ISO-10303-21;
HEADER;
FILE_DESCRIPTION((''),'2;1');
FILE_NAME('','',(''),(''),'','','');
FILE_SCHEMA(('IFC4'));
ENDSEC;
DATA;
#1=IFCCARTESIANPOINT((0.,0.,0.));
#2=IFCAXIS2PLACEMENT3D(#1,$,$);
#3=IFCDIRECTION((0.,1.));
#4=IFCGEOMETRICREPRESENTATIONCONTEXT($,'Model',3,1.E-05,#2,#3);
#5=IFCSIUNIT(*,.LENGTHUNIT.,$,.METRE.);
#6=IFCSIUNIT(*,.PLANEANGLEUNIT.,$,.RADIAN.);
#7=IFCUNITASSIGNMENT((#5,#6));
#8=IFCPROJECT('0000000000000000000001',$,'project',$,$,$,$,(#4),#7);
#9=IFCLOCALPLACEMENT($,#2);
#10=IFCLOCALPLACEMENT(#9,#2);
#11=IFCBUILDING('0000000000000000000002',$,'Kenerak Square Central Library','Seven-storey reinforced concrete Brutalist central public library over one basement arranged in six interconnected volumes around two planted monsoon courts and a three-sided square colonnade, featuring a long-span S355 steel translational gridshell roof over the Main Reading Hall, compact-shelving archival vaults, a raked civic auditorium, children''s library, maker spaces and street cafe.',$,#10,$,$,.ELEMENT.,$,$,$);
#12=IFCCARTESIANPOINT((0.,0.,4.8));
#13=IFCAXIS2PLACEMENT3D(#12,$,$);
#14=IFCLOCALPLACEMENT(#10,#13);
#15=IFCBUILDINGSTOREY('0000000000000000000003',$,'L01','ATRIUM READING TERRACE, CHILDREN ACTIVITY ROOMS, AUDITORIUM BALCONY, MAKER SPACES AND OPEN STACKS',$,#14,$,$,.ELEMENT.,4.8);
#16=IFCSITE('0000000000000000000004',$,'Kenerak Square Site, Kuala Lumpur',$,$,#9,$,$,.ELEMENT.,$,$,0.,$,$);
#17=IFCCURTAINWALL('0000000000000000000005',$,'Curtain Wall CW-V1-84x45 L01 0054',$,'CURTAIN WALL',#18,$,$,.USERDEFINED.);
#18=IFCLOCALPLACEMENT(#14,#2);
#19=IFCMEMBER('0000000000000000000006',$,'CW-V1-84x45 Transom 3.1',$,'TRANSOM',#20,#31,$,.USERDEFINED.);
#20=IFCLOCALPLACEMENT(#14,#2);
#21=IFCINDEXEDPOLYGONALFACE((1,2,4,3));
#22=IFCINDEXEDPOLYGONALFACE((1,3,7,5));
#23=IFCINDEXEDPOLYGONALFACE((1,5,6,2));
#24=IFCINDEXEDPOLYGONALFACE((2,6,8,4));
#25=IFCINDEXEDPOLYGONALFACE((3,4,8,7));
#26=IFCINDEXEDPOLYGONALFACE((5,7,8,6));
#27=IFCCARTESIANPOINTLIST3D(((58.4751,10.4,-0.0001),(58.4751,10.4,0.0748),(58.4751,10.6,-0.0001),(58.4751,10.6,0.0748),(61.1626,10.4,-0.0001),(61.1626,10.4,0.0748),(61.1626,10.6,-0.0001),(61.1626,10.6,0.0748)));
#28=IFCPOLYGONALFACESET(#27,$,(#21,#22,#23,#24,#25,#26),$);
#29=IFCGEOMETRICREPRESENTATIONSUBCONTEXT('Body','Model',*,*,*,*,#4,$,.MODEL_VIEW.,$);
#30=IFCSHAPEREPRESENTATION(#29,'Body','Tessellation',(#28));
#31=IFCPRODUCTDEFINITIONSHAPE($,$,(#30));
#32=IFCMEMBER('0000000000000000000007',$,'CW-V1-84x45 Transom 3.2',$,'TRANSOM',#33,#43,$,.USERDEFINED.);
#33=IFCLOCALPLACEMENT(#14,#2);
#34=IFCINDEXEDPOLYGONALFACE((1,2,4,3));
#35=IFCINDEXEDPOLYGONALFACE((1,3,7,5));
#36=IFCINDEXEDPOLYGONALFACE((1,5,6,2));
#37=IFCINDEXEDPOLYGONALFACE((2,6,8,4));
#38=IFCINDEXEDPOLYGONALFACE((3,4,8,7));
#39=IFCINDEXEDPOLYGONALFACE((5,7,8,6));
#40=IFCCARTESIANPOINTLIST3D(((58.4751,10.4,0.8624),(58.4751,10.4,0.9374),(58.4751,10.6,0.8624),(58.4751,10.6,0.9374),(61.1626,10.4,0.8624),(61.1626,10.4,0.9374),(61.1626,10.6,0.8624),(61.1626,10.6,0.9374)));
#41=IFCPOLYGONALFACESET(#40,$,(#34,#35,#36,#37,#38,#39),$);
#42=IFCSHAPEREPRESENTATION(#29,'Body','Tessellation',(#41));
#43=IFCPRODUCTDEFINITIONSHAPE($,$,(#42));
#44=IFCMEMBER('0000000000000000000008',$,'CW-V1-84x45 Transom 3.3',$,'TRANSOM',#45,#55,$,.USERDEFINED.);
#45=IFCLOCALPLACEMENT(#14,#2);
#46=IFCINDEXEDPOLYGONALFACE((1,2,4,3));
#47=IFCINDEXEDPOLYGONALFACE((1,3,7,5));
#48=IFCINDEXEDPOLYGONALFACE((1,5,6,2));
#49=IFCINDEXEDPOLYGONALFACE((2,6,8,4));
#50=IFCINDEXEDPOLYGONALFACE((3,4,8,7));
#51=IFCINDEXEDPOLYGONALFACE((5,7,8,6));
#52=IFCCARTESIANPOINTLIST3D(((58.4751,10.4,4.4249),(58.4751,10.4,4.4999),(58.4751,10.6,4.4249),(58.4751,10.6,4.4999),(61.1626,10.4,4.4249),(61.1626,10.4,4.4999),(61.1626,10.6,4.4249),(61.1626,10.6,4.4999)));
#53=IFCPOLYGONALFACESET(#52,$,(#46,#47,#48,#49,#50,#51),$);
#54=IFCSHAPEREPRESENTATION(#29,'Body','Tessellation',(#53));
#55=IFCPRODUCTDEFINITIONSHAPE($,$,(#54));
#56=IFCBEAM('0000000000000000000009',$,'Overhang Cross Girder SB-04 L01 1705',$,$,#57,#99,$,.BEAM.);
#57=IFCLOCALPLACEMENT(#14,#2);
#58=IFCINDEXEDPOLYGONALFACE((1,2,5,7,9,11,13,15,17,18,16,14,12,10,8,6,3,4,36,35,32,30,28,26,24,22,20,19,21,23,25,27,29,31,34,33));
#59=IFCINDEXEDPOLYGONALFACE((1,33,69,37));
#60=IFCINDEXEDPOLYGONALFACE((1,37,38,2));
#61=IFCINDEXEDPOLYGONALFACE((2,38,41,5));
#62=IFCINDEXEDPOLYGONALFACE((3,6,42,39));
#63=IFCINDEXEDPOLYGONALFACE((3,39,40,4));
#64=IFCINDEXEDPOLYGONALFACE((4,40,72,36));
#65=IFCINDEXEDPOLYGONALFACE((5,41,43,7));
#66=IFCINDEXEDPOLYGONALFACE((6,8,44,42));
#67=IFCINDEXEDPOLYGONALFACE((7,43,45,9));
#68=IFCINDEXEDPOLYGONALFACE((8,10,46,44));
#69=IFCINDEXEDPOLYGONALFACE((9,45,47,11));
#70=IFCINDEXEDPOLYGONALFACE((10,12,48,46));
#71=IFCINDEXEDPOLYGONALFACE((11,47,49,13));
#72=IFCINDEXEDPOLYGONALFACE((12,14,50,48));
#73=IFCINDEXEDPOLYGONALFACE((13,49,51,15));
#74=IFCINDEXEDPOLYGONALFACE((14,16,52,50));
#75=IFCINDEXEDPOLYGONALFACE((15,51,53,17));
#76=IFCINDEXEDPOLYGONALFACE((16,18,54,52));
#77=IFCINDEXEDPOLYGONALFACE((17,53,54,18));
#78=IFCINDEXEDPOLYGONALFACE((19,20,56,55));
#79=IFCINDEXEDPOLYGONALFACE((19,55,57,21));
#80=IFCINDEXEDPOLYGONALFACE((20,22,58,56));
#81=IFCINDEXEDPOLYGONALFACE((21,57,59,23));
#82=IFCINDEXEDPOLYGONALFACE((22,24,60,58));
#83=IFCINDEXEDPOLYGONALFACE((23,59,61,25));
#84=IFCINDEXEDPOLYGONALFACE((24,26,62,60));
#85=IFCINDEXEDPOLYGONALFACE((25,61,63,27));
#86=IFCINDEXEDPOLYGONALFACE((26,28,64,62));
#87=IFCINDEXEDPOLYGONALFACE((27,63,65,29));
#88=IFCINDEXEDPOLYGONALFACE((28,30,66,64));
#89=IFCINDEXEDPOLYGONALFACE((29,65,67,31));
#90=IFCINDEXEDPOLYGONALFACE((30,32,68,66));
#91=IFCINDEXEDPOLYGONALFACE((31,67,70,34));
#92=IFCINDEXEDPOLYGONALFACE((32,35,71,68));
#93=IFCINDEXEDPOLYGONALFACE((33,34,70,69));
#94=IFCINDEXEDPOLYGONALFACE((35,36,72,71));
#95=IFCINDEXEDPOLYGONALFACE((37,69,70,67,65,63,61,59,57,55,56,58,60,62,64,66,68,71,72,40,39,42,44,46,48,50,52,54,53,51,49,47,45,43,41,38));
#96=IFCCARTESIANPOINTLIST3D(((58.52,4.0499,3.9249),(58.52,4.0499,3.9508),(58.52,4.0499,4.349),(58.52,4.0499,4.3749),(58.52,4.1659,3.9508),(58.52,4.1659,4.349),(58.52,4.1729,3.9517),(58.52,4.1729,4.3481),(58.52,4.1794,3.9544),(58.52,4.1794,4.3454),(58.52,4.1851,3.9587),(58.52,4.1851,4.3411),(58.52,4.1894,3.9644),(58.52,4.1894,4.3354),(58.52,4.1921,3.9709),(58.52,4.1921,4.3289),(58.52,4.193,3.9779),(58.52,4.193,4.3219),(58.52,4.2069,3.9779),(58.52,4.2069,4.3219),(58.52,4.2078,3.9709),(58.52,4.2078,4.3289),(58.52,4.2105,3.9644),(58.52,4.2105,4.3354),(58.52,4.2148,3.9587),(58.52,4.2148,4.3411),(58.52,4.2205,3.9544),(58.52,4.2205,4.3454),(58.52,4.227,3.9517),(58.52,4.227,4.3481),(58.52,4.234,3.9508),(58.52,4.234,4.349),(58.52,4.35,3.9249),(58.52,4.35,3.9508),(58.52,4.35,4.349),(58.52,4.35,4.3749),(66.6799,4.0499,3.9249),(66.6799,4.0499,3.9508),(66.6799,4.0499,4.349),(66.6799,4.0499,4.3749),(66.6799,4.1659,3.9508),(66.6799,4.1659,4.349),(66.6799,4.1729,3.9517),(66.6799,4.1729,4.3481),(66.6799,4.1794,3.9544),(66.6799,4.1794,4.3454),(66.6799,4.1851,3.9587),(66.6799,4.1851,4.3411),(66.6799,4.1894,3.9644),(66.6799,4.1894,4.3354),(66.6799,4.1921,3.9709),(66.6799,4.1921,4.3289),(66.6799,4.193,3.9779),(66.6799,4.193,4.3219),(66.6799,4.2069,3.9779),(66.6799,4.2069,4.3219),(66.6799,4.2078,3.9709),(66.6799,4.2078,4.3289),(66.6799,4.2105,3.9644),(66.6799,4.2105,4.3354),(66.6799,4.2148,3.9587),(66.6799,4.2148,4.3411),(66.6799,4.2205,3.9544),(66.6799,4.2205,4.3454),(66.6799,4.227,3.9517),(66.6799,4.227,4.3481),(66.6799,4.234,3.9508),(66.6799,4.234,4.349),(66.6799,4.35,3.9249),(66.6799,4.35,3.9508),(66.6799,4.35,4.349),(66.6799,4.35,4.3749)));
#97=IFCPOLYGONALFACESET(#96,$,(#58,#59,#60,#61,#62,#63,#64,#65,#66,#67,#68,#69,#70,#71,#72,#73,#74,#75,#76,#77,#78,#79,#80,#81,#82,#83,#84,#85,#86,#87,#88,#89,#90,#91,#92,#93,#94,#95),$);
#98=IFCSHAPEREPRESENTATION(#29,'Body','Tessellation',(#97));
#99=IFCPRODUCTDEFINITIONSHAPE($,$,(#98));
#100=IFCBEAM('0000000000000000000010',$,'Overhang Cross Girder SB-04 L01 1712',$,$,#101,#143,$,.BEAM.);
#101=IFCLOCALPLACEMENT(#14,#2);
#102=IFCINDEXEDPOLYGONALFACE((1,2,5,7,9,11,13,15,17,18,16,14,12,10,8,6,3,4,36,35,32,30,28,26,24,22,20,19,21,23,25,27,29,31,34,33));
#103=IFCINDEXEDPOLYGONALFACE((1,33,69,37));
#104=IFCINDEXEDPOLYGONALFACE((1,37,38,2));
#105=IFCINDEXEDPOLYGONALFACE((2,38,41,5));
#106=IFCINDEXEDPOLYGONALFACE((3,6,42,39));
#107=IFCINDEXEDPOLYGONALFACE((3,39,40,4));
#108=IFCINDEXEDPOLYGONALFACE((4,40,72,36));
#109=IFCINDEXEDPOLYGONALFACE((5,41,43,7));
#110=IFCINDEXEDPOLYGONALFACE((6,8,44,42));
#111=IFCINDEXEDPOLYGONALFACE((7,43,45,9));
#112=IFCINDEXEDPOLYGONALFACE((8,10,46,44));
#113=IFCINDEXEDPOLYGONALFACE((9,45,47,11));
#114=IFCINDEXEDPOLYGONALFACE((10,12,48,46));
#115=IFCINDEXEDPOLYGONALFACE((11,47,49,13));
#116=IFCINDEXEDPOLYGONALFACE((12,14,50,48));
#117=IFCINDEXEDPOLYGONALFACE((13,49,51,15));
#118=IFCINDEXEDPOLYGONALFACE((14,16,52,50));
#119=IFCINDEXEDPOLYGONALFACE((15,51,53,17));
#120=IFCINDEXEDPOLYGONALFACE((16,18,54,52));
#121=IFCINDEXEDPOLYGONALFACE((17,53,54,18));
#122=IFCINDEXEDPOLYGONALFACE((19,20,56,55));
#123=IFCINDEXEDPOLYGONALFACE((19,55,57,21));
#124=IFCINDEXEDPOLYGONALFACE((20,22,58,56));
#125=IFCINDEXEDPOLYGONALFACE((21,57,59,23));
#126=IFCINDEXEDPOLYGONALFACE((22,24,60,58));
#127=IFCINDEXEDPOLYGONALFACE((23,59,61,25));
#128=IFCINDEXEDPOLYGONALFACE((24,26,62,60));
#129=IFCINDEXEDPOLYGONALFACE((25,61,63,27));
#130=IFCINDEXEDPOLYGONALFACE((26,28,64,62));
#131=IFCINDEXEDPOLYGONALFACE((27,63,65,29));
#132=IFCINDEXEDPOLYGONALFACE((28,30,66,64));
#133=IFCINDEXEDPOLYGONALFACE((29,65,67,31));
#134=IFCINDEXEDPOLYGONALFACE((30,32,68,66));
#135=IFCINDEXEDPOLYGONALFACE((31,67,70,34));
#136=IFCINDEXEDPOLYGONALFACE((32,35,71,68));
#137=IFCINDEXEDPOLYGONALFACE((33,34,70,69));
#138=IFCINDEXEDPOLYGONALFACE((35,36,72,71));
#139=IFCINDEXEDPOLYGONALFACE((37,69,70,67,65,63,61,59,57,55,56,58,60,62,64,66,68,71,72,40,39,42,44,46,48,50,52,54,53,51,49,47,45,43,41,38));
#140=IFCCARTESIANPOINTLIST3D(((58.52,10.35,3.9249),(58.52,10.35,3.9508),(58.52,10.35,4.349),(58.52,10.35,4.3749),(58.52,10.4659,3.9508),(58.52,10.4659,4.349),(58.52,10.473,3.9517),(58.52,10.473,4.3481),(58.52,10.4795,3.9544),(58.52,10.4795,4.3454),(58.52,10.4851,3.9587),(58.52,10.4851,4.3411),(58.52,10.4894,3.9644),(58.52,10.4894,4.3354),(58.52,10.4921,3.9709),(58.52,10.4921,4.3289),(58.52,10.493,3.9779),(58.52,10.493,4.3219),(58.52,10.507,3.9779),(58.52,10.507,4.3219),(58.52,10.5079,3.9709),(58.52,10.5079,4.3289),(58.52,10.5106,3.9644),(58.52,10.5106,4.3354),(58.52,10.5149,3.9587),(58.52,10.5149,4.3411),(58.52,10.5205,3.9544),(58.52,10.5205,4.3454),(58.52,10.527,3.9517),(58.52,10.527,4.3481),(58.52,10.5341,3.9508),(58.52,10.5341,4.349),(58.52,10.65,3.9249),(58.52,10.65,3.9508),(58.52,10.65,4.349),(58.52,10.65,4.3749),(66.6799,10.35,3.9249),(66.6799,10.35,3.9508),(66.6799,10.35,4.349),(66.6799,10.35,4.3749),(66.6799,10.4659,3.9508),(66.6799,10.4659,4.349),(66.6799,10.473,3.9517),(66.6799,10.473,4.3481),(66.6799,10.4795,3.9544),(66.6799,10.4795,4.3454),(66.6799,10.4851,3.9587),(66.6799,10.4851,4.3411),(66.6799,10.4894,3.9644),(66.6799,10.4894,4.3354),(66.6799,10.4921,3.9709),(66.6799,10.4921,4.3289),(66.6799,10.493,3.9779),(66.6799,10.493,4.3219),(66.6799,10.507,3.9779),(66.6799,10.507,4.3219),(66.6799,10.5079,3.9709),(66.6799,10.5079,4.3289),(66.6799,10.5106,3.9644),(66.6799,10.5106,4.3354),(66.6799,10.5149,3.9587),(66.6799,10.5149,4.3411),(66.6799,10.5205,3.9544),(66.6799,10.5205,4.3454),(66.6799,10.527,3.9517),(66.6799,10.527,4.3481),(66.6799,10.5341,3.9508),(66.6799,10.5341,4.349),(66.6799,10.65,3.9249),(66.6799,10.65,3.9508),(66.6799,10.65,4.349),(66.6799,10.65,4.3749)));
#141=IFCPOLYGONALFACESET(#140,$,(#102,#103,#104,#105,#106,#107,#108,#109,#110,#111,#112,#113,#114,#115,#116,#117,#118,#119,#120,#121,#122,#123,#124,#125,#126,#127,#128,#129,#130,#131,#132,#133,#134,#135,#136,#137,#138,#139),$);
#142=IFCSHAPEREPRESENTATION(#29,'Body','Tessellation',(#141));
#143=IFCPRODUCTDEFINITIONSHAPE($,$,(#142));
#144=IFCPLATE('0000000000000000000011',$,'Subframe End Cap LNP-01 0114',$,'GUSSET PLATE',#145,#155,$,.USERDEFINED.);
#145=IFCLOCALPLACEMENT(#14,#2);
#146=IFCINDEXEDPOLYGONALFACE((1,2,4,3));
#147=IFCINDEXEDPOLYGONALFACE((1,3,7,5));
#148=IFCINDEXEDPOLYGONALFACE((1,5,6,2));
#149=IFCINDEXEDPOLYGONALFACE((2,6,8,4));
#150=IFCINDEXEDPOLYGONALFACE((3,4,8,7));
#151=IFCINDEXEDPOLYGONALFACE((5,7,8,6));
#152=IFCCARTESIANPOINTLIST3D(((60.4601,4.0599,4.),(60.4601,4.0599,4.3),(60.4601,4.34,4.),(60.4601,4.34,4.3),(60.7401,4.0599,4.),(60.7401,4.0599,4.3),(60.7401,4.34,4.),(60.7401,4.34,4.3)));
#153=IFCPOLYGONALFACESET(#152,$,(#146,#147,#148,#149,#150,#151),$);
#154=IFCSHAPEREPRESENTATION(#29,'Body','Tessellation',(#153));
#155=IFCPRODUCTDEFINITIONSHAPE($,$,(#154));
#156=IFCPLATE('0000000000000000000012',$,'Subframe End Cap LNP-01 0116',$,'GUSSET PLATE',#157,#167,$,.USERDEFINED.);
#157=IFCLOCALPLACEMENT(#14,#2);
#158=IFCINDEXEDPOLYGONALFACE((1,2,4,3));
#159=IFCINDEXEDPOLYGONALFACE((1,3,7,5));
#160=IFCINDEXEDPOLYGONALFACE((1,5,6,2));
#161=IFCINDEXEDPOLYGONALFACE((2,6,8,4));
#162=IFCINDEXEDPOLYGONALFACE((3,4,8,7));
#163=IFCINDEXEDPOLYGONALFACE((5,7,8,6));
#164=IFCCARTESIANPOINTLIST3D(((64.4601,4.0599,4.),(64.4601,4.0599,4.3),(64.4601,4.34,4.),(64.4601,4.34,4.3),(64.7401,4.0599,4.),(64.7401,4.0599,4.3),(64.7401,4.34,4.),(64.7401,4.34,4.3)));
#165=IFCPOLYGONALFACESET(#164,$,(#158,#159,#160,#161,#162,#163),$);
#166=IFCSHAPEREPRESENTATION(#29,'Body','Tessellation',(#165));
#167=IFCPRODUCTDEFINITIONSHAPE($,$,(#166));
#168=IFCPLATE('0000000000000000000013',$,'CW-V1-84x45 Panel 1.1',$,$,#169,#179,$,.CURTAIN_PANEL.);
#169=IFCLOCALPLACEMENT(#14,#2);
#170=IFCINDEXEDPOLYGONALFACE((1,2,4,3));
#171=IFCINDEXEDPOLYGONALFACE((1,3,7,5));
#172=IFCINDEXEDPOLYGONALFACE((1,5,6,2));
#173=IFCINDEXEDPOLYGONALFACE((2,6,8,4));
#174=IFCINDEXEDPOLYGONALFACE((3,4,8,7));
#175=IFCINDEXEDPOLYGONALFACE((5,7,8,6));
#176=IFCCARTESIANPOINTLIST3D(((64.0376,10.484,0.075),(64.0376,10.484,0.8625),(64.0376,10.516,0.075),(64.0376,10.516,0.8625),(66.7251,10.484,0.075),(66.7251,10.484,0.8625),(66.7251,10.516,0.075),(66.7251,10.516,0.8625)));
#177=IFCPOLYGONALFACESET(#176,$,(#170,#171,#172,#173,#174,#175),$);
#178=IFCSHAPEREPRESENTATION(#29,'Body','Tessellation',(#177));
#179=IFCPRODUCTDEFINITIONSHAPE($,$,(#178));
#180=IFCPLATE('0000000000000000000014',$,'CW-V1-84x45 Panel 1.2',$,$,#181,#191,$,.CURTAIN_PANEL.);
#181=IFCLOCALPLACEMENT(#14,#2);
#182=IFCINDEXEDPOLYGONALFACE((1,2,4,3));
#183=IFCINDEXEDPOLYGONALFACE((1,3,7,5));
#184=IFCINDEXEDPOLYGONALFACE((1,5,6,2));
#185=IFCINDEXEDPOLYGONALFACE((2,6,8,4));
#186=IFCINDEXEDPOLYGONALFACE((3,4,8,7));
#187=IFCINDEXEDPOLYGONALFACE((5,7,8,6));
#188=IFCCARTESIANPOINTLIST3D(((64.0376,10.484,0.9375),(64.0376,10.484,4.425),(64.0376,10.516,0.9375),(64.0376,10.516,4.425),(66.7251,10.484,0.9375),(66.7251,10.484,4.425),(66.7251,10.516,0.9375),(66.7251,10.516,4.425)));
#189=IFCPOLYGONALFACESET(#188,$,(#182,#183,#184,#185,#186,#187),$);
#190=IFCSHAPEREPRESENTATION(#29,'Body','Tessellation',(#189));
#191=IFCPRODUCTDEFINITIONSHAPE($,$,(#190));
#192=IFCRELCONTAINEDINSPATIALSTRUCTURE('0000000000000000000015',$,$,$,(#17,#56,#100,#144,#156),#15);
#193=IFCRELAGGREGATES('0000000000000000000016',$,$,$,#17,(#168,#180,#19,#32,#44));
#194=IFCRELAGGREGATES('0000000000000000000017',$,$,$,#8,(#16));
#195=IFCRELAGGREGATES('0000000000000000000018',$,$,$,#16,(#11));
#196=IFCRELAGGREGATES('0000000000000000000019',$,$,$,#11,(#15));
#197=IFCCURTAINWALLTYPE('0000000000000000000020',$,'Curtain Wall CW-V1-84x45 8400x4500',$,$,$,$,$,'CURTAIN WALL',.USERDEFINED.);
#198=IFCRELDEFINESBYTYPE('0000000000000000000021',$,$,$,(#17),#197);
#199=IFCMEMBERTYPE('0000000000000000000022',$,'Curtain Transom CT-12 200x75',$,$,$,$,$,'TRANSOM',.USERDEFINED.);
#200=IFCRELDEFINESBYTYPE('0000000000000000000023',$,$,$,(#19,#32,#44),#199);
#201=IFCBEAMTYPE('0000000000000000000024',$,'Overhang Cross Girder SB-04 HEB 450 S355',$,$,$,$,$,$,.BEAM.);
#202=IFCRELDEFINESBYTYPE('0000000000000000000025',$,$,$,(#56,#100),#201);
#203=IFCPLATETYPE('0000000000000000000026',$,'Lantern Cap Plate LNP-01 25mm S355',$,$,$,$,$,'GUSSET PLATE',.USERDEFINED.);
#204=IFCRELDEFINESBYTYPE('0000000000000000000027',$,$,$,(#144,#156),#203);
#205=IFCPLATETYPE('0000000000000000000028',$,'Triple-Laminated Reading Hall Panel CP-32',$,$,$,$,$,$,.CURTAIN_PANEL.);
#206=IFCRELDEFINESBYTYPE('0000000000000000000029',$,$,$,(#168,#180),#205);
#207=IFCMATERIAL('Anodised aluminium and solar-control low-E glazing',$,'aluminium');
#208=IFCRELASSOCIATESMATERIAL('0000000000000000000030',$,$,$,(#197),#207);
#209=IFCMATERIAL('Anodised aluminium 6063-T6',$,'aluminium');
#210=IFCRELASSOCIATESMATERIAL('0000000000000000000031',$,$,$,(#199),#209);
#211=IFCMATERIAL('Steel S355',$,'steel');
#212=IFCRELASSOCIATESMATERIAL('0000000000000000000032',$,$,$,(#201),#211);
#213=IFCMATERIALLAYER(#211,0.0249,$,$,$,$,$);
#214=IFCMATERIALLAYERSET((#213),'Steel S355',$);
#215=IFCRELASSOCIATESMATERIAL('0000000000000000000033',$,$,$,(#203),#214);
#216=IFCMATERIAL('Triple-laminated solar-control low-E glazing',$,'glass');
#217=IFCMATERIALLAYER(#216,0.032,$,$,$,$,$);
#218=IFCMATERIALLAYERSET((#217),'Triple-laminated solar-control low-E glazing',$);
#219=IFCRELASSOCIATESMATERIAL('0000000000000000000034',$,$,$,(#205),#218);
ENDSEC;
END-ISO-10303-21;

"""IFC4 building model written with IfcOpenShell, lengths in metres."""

from ifc_helpers import new_model, si_unit, direction, frame, origin, origin_2d, place, context, subcontext, project, spatial, rectangle, i_section, extrude, material, layer, layer_set, material_profile, profile_set, type_object, element, aggregate, save


model = new_model("IFC4")

# Units and contexts
model_context = context("Model", 3, precision=1e-05, world=origin(), true_north=direction((0.0, 1.0)))
body_context = subcontext(model_context, "Body", "Model", "MODEL_VIEW")
ifc_project = project(units=[si_unit("LENGTHUNIT", "METRE"), si_unit("PLANEANGLEUNIT", "RADIAN")], contexts=[model_context])

# Site, building, storey
site_placement = place(None, origin())
site = spatial("IfcSite", under=ifc_project, at=site_placement, Name="Kenerak Square Site, Kuala Lumpur", CompositionType="ELEMENT", RefElevation=0.0)
building_placement = place(site_placement, origin())
building = spatial("IfcBuilding", under=site, at=building_placement, Name="Kenerak Square Central Library", Description="Seven-storey reinforced concrete Brutalist central public library over one basement arranged in six interconnected volumes around two planted monsoon courts and a three-sided square colonnade, featuring a long-span S355 steel translational gridshell roof over the Main Reading Hall, compact-shelving archival vaults, a raked civic auditorium, children's library, maker spaces and street cafe.", CompositionType="ELEMENT")
storey_placement = place(building_placement, frame((0.0, 0.0, 4.8)))
storey = spatial("IfcBuildingStorey", under=building, at=storey_placement, Name="L01", Description="ATRIUM READING TERRACE, CHILDREN ACTIVITY ROOMS, AUDITORIUM BALCONY, MAKER SPACES AND OPEN STACKS", CompositionType="ELEMENT", Elevation=4.8)

# Curtain wall, members
ifc_material_1 = material(Name="Anodised aluminium and solar-control low-E glazing", Category="aluminium")
curtain_wall_type_1 = type_object("IfcCurtainWallType", Name="Curtain Wall CW-V1-84x45 8400x4500", ElementType="CURTAIN WALL", PredefinedType="USERDEFINED", material=ifc_material_1)
curtain_wall_1_placement = place(storey_placement, origin())
curtain_wall_1 = element("IfcCurtainWall", 1, at=curtain_wall_1_placement, inside=storey, type_object=curtain_wall_type_1, Name="Curtain Wall CW-V1-84x45 L01 0054", ObjectType="CURTAIN WALL", PredefinedType="USERDEFINED")
ifc_material_2 = material(Name="Anodised aluminium 6063-T6", Category="aluminium")
ifc_material_profile_1 = material_profile(ifc_material_2, rectangle(XDim=0.2, YDim=0.075, at=origin_2d()), Name="AL TRANSOM 200x75")
ifc_profile_set_1 = profile_set([ifc_material_profile_1], Name="Anodised aluminium 6063-T6")
member_type_1 = type_object("IfcMemberType", Name="Curtain Transom CT-12 200x75", ElementType="TRANSOM", PredefinedType="USERDEFINED", material=ifc_profile_set_1)
member_1_placement = place(storey_placement, frame((61.1626, 10.5, 0.0374), z_axis=(-1.0, 0.0, 0.0), x_axis=(0.0, -1.0, 0.0)))
member_1 = element("IfcMember", 2, at=member_1_placement, type_object=member_type_1, Name="CW-V1-84x45 Transom 3.1", ObjectType="TRANSOM", PredefinedType="USERDEFINED", context=body_context, shape_type="SweptSolid", body=[
    extrude(rectangle(XDim=0.2, YDim=0.075, at=origin_2d()), origin(), (0.0, 0.0, 1.0), 2.6875),
])
member_2_placement = place(storey_placement, frame((61.1626, 10.5, 0.8999), z_axis=(-1.0, 0.0, 0.0), x_axis=(0.0, -1.0, 0.0)))
member_2 = element("IfcMember", 3, at=member_2_placement, type_object=member_type_1, Name="CW-V1-84x45 Transom 3.2", ObjectType="TRANSOM", PredefinedType="USERDEFINED", context=body_context, shape_type="SweptSolid", body=[
    extrude(rectangle(XDim=0.2, YDim=0.075, at=origin_2d()), origin(), (0.0, 0.0, 1.0), 2.6875),
])
member_3_placement = place(storey_placement, frame((61.1626, 10.5, 4.4624), z_axis=(-1.0, 0.0, 0.0), x_axis=(0.0, -1.0, 0.0)))
member_3 = element("IfcMember", 4, at=member_3_placement, type_object=member_type_1, Name="CW-V1-84x45 Transom 3.3", ObjectType="TRANSOM", PredefinedType="USERDEFINED", context=body_context, shape_type="SweptSolid", body=[
    extrude(rectangle(XDim=0.2, YDim=0.075, at=origin_2d()), origin(), (0.0, 0.0, 1.0), 2.6875),
])

# Beams
ifc_material_3 = material(Name="Steel S355", Category="steel")
ifc_material_profile_2 = material_profile(ifc_material_3, i_section(OverallWidth=0.3, OverallDepth=0.45, WebThickness=0.0139, FlangeThickness=0.0259, FilletRadius=0.0271, at=origin_2d()), Name="HEB 450")
ifc_profile_set_2 = profile_set([ifc_material_profile_2], Name="Steel S355")
beam_type = type_object("IfcBeamType", Name="Overhang Cross Girder SB-04 HEB 450 S355", PredefinedType="BEAM", material=ifc_profile_set_2)
for number, where, z_axis, x_axis, name in (
    (5, (58.52, 4.2, 4.1499), (1.0, 0.0, 0.0), (0.0, 1.0, 0.0), "Overhang Cross Girder SB-04 L01 1705"),
    (6, (58.52, 10.5, 4.1499), (1.0, 0.0, 0.0), (0.0, 1.0, 0.0), "Overhang Cross Girder SB-04 L01 1712"),
):
    element("IfcBeam", number, at=place(storey_placement, frame(where, z_axis=z_axis, x_axis=x_axis)), inside=storey, type_object=beam_type, Name=name, PredefinedType="BEAM", context=body_context, shape_type="SweptSolid", body=[
        extrude(i_section(OverallWidth=0.3, OverallDepth=0.45, WebThickness=0.0139, FlangeThickness=0.0259, FilletRadius=0.0271, at=origin_2d()), origin(), (0.0, 0.0, 1.0), 8.1599),
    ])

# Plates
ifc_layer_1 = layer(ifc_material_3, 0.0249)
ifc_layer_set_1 = layer_set([ifc_layer_1], Name="Steel S355")
plate_type_1 = type_object("IfcPlateType", Name="Lantern Cap Plate LNP-01 25mm S355", ElementType="GUSSET PLATE", PredefinedType="USERDEFINED", material=ifc_layer_set_1)
for number, where, z_axis, x_axis, name in (
    (7, (60.6001, 4.2, 4.0), (0.0, 0.0, 1.0), (1.0, 0.0, 0.0), "Subframe End Cap LNP-01 0114"),
    (8, (64.6001, 4.2, 4.0), (0.0, 0.0, 1.0), (1.0, 0.0, 0.0), "Subframe End Cap LNP-01 0116"),
):
    element("IfcPlate", number, at=place(storey_placement, frame(where, z_axis=z_axis, x_axis=x_axis)), inside=storey, type_object=plate_type_1, Name=name, ObjectType="GUSSET PLATE", PredefinedType="USERDEFINED", context=body_context, shape_type="SweptSolid", body=[
        extrude(rectangle(XDim=0.28, YDim=0.28, at=origin_2d()), origin(), (0.0, 0.0, 1.0), 0.3),
    ])

# Plates
ifc_material_4 = material(Name="Triple-laminated solar-control low-E glazing", Category="glass")
ifc_layer_2 = layer(ifc_material_4, 0.032)
ifc_layer_set_2 = layer_set([ifc_layer_2], Name="Triple-laminated solar-control low-E glazing")
plate_type_2 = type_object("IfcPlateType", Name="Triple-Laminated Reading Hall Panel CP-32", PredefinedType="CURTAIN_PANEL", material=ifc_layer_set_2)
plate_1_placement = place(storey_placement, frame((65.3813, 10.5, 0.075), z_axis=(0.0, 0.0, 1.0), x_axis=(-1.0, 0.0, 0.0)))
plate_1 = element("IfcPlate", 9, at=plate_1_placement, type_object=plate_type_2, Name="CW-V1-84x45 Panel 1.1", PredefinedType="CURTAIN_PANEL", context=body_context, shape_type="SweptSolid", body=[
    extrude(rectangle(XDim=2.6875, YDim=0.032, at=origin_2d()), origin(), (0.0, 0.0, 1.0), 0.7876),
])
plate_2_placement = place(storey_placement, frame((65.3813, 10.5, 0.9375), z_axis=(0.0, 0.0, 1.0), x_axis=(-1.0, 0.0, 0.0)))
plate_2 = element("IfcPlate", 10, at=plate_2_placement, type_object=plate_type_2, Name="CW-V1-84x45 Panel 1.2", PredefinedType="CURTAIN_PANEL", context=body_context, shape_type="SweptSolid", body=[
    extrude(rectangle(XDim=2.6875, YDim=0.032, at=origin_2d()), origin(), (0.0, 0.0, 1.0), 3.4875),
])
aggregate(curtain_wall_1, [plate_1, plate_2, member_1, member_2, member_3])

save(model, "model.ifc")
